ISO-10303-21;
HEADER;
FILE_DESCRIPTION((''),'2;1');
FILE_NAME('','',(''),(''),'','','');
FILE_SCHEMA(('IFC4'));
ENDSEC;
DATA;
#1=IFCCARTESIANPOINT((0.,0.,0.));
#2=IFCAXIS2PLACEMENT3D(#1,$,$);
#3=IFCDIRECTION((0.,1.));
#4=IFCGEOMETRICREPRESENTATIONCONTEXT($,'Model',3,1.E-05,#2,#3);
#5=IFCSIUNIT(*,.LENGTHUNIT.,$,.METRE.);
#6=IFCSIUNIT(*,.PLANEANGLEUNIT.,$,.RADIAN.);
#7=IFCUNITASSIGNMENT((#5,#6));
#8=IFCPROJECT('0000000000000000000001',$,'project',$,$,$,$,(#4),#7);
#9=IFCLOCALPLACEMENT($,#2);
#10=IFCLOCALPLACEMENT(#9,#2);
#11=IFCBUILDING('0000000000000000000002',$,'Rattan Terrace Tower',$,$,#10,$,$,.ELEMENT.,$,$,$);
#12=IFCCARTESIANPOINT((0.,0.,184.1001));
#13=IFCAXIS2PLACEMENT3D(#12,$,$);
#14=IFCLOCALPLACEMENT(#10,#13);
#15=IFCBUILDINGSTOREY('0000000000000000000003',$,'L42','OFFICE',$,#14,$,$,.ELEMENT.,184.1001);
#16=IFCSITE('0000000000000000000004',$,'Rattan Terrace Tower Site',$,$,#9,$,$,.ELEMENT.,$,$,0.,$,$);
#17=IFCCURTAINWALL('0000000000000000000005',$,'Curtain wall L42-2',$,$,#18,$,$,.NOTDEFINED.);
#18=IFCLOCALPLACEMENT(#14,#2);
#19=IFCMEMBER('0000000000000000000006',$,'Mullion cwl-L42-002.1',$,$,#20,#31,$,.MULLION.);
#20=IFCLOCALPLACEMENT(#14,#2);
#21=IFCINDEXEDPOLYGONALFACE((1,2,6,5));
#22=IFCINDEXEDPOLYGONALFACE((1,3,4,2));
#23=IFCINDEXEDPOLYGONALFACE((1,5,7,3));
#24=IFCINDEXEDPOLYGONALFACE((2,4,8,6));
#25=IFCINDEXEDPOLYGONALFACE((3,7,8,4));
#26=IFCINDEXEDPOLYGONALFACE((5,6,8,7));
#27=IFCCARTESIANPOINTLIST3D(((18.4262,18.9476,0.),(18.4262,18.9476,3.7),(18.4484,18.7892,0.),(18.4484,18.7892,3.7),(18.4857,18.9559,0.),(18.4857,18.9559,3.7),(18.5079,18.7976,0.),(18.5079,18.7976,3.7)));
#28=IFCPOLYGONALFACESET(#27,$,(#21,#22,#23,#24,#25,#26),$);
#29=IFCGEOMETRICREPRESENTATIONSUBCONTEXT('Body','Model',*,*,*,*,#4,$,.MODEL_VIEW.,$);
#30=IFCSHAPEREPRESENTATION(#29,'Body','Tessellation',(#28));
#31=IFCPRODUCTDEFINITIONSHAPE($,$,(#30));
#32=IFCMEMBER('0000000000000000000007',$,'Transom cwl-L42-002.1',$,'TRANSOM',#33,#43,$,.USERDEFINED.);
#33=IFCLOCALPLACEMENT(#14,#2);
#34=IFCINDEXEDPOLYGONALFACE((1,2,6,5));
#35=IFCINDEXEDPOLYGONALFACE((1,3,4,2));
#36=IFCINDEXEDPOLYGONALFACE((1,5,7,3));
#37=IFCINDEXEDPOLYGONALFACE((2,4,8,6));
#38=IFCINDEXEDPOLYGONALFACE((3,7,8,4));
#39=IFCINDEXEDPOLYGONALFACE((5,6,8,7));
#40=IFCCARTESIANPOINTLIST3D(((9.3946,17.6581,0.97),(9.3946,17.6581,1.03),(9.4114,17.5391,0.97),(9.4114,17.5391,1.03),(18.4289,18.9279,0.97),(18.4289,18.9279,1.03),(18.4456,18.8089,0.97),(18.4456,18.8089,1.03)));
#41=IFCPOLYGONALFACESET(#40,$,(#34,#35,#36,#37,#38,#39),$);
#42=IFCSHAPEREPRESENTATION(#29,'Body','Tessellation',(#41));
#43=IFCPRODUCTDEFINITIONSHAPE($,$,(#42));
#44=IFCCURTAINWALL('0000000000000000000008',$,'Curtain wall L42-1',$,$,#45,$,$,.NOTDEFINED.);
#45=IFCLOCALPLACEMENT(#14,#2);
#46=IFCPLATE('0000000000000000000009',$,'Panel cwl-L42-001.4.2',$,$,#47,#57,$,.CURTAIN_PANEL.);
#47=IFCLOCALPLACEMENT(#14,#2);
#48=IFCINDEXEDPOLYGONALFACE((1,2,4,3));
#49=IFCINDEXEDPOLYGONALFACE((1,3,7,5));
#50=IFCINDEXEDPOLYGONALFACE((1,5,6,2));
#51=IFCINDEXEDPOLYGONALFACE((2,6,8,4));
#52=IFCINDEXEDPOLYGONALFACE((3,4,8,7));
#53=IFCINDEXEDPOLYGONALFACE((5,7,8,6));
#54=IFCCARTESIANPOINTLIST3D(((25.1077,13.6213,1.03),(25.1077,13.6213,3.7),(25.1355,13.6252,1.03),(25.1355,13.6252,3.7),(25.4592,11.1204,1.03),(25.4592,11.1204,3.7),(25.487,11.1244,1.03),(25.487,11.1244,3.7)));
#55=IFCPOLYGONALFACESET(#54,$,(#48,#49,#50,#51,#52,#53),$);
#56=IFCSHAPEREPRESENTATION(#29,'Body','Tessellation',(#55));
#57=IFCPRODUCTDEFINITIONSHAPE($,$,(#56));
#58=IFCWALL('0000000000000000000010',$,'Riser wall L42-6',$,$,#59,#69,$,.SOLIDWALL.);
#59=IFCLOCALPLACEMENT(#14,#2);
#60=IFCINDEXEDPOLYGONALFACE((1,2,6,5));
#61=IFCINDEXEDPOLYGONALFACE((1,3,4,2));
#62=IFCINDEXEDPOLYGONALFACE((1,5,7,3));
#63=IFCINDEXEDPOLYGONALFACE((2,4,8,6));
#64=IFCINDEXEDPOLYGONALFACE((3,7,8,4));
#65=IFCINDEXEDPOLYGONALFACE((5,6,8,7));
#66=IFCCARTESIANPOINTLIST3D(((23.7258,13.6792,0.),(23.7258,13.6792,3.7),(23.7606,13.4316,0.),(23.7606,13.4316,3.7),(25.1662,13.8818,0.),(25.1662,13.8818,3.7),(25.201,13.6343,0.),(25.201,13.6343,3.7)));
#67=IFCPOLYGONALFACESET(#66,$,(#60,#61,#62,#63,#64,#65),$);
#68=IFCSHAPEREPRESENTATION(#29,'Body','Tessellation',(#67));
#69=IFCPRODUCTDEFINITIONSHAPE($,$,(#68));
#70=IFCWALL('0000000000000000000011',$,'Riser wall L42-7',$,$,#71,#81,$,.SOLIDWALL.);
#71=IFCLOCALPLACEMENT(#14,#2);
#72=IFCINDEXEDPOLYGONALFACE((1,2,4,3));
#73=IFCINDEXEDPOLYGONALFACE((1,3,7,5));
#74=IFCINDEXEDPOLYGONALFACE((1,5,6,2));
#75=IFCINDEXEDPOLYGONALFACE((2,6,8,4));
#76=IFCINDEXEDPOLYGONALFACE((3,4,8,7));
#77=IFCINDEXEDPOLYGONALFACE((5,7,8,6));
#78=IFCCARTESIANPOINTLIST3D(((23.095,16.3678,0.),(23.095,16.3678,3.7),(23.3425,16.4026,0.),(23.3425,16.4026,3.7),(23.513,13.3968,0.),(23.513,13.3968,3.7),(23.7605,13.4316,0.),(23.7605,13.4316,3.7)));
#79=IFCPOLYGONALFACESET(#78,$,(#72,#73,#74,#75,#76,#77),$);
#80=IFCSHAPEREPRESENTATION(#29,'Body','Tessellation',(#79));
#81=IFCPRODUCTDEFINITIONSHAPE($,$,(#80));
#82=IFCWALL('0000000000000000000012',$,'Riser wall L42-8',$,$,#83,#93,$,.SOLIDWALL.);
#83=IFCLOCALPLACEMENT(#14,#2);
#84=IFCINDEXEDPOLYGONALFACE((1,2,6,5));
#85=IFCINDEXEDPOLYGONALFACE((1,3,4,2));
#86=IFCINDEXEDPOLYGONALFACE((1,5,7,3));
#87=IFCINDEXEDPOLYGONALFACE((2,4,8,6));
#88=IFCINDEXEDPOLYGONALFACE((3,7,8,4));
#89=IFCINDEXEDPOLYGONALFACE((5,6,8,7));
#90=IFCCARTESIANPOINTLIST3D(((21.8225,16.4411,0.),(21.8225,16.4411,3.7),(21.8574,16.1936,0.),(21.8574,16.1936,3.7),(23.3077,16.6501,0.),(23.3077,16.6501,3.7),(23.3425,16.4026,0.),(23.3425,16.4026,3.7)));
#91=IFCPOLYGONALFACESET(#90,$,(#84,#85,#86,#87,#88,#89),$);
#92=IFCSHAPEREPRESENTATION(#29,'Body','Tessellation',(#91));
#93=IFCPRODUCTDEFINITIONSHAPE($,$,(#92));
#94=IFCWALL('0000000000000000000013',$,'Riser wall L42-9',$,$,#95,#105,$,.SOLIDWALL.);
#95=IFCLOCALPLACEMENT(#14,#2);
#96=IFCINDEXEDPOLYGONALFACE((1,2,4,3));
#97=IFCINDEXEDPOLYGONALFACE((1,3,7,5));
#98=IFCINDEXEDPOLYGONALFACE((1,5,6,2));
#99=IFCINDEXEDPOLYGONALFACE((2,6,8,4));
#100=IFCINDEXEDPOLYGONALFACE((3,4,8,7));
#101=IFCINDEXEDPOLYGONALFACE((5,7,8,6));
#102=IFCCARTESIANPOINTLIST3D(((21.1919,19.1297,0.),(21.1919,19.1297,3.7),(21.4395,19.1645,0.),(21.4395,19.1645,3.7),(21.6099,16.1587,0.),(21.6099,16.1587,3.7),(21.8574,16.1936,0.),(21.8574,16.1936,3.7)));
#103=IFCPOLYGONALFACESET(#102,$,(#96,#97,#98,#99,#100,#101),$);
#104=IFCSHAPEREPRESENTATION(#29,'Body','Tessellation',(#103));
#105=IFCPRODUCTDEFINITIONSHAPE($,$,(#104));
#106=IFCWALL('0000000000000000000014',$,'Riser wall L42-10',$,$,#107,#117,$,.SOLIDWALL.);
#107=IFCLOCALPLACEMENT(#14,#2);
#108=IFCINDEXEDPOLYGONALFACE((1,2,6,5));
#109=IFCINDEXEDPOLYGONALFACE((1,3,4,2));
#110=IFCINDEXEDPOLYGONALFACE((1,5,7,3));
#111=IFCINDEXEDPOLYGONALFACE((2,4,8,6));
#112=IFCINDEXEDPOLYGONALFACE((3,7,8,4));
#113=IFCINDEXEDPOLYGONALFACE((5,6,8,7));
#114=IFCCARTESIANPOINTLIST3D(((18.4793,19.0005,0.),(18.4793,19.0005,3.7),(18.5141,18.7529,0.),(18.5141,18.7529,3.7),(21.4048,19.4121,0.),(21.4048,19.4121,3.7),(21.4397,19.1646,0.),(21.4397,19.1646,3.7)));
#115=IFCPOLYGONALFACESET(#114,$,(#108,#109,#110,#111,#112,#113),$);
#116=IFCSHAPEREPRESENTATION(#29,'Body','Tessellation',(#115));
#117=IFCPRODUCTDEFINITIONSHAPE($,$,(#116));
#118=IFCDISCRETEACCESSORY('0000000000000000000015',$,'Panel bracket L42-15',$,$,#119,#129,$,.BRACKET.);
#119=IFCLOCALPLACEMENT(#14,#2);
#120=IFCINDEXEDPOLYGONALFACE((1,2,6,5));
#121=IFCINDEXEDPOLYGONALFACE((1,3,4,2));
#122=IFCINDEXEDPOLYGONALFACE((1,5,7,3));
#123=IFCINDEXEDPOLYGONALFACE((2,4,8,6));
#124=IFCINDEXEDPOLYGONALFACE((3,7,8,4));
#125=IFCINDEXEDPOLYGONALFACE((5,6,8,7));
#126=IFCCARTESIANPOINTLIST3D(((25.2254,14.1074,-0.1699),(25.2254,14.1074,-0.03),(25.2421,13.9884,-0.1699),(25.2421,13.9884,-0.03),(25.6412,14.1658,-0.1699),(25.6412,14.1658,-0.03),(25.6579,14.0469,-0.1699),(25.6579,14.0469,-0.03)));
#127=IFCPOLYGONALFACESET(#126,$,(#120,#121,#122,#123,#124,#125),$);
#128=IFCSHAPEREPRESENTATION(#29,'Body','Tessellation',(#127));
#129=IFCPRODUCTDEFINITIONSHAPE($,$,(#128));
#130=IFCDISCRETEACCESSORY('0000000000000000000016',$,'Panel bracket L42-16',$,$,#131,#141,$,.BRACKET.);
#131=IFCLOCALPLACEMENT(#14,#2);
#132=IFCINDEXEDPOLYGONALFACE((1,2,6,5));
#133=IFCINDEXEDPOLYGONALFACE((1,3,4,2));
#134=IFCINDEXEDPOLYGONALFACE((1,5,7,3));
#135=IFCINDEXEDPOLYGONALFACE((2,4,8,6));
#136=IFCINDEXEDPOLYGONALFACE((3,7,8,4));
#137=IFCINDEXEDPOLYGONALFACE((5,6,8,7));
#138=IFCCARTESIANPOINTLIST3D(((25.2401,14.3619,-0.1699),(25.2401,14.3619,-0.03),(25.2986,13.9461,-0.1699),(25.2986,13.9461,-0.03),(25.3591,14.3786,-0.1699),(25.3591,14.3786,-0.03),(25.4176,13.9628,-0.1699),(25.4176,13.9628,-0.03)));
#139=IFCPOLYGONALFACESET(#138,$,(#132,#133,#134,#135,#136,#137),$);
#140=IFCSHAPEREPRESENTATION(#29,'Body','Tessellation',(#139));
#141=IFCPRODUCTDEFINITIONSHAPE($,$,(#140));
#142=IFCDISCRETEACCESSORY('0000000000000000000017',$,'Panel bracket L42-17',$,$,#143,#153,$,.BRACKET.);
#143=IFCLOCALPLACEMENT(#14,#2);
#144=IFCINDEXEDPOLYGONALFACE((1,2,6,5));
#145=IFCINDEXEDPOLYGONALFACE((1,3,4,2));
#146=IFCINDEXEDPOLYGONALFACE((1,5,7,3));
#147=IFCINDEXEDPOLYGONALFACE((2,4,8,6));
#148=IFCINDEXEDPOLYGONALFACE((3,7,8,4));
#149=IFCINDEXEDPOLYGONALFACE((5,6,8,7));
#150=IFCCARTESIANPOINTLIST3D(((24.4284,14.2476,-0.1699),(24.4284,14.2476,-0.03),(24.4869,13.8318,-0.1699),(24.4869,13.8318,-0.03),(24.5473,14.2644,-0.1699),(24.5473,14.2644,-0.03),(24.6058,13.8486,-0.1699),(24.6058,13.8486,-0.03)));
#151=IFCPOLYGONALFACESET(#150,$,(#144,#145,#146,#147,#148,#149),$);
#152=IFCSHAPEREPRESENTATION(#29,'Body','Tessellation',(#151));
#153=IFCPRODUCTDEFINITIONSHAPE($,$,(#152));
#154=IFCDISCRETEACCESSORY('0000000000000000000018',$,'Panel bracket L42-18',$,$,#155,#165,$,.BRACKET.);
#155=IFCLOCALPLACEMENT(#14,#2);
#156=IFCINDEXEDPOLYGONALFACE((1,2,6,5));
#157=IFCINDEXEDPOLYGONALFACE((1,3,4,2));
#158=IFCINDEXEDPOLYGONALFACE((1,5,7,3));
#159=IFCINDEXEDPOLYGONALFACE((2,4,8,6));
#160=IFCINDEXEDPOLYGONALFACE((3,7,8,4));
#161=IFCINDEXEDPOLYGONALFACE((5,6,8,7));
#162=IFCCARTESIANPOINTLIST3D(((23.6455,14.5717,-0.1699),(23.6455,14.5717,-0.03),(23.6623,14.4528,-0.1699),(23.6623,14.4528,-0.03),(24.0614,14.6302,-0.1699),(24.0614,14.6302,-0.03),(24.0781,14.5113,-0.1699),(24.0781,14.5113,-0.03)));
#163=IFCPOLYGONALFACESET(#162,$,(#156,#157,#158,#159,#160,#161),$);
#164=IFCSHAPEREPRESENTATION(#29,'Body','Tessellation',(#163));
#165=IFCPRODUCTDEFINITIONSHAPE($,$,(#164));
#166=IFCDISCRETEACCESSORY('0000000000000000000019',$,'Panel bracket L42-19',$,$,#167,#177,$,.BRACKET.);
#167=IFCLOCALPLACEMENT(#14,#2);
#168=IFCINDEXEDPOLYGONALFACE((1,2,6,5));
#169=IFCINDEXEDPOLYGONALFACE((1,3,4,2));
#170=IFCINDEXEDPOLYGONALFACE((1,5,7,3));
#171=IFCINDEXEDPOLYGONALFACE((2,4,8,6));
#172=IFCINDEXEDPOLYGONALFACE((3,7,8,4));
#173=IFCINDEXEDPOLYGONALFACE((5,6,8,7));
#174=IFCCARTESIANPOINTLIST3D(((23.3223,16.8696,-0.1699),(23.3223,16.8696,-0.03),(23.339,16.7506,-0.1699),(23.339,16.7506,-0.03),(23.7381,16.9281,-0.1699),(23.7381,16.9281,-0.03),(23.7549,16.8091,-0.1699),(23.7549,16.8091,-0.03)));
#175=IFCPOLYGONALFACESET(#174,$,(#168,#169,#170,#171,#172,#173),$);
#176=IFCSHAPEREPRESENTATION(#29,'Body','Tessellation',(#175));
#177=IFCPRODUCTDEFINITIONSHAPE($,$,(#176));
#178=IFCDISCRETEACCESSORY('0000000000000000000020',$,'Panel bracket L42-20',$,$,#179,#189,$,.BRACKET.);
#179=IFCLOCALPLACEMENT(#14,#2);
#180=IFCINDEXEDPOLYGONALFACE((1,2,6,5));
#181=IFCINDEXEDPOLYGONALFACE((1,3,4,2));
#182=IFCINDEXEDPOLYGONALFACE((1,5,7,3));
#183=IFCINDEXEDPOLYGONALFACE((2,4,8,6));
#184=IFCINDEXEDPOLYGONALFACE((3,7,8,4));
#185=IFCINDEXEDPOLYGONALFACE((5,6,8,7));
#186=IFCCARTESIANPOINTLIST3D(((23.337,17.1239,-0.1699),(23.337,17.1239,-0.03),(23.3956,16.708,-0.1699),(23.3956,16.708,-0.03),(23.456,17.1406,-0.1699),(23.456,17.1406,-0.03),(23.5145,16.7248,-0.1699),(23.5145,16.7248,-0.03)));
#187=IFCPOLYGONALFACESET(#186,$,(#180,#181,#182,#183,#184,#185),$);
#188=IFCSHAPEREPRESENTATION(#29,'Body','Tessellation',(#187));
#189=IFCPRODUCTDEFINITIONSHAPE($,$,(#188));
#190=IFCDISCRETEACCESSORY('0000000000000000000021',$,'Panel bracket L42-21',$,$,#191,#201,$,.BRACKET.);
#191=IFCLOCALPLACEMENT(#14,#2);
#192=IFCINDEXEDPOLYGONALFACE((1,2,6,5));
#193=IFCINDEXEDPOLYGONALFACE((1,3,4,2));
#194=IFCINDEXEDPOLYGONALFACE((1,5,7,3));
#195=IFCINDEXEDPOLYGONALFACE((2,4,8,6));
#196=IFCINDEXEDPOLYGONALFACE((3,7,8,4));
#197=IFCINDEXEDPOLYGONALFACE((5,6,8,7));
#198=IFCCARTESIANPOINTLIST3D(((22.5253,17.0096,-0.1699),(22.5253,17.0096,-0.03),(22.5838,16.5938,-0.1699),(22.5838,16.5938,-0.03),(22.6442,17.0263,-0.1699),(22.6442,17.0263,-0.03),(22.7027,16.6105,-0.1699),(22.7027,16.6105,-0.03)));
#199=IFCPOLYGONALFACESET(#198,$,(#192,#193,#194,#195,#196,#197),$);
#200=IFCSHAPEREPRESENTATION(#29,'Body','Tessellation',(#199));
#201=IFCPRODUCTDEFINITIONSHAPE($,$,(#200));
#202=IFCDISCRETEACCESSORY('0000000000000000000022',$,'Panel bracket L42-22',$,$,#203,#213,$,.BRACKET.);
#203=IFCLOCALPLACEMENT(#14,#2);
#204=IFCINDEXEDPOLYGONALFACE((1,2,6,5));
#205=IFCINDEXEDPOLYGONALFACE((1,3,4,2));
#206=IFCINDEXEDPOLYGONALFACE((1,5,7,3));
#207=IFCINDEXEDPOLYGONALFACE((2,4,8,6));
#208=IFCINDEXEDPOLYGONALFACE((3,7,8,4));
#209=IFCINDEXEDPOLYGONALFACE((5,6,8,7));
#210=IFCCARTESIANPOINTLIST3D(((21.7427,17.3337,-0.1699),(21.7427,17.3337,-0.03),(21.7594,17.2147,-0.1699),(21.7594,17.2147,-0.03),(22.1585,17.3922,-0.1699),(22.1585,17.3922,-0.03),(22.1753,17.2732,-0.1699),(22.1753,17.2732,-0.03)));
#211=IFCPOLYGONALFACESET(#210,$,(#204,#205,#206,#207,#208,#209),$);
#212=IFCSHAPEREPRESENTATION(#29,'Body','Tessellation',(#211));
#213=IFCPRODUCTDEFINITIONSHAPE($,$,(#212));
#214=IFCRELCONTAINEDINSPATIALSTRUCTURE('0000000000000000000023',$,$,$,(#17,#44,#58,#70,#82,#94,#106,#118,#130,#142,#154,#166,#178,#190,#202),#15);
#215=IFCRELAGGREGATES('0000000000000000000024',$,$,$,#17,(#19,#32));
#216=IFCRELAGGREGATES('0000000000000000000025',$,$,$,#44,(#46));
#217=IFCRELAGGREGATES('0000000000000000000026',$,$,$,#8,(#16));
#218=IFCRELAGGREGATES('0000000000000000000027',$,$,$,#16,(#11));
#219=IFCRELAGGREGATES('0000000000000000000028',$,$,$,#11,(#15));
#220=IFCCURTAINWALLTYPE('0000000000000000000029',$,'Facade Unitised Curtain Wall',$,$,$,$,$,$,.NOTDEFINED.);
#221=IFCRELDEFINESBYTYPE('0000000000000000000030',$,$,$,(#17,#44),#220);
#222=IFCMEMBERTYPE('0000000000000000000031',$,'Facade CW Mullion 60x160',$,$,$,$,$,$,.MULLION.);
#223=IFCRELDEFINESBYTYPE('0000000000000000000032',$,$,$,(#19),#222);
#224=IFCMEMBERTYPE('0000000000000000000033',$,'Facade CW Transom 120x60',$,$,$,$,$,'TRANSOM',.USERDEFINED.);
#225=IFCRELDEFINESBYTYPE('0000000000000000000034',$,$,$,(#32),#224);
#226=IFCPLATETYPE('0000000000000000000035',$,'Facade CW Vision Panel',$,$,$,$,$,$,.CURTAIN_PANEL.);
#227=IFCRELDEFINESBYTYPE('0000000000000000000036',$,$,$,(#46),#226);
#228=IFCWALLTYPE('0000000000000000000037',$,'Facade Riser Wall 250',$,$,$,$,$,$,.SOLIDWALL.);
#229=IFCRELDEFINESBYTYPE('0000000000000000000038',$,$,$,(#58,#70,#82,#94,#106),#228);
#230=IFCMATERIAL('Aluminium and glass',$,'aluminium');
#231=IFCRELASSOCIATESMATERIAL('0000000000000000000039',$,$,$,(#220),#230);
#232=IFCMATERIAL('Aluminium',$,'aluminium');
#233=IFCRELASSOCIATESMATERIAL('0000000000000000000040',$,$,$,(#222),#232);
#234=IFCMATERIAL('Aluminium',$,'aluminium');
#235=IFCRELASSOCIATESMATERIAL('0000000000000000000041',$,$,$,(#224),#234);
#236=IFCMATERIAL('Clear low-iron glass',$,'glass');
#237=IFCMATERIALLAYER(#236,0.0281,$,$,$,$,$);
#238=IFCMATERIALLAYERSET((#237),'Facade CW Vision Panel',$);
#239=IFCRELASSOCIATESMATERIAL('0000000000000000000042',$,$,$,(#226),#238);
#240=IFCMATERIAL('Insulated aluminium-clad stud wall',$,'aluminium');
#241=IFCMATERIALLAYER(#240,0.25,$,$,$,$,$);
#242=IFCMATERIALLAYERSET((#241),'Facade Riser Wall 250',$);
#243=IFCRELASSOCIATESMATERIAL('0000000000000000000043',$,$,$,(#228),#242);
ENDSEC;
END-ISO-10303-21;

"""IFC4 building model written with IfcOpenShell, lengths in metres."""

from ifc_helpers import new_model, si_unit, direction, frame, frame_2d, origin, origin_2d, place, context, subcontext, project, spatial, rectangle, extrude, material, layer, layer_set, material_profile, profile_set, type_object, element, aggregate, save


model = new_model("IFC4")

# Units and contexts
model_context = context("Model", 3, precision=1e-05, world=origin(), true_north=direction((0.0, 1.0)))
body_context = subcontext(model_context, "Body", "Model", "MODEL_VIEW")
ifc_project = project(units=[si_unit("LENGTHUNIT", "METRE"), si_unit("PLANEANGLEUNIT", "RADIAN")], contexts=[model_context])

# Site, building, storey
site_placement = place(None, origin())
site = spatial("IfcSite", under=ifc_project, at=site_placement, Name="Rattan Terrace Tower Site", CompositionType="ELEMENT", RefElevation=0.0)
building_placement = place(site_placement, origin())
building = spatial("IfcBuilding", under=site, at=building_placement, Name="Rattan Terrace Tower", CompositionType="ELEMENT")
storey_placement = place(building_placement, frame((0.0, 0.0, 184.1001)))
storey = spatial("IfcBuildingStorey", under=building, at=storey_placement, Name="L42", Description="OFFICE", CompositionType="ELEMENT", Elevation=184.1001)

# Curtain wall, members
ifc_material_1 = material(Name="Aluminium and glass", Category="aluminium")
curtain_wall_type = type_object("IfcCurtainWallType", Name="Facade Unitised Curtain Wall", PredefinedType="NOTDEFINED", material=ifc_material_1)
curtain_wall_1_placement = place(storey_placement, origin())
curtain_wall_1 = element("IfcCurtainWall", 1, at=curtain_wall_1_placement, inside=storey, type_object=curtain_wall_type, Name="Curtain wall L42-2", PredefinedType="NOTDEFINED")
ifc_material_2 = material(Name="Aluminium", Category="aluminium")
ifc_material_profile_1 = material_profile(ifc_material_2, rectangle(XDim=0.0601, YDim=0.1599, at=origin_2d()), Name="Aluminium 60x160")
ifc_profile_set_1 = profile_set([ifc_material_profile_1], Name="Aluminium")
member_type_1 = type_object("IfcMemberType", Name="Facade CW Mullion 60x160", PredefinedType="MULLION", material=ifc_profile_set_1)
member_1_placement = place(storey_placement, frame((18.467, 18.8726, 0.0), z_axis=(0.0, 0.0, 1.0), x_axis=(-0.99027, -0.139161, 0.0)))
member_1 = element("IfcMember", 2, at=member_1_placement, type_object=member_type_1, Name="Mullion cwl-L42-002.1", PredefinedType="MULLION", context=body_context, shape_type="SweptSolid", body=[
    extrude(rectangle(XDim=0.0601, YDim=0.1599, at=origin_2d()), origin(), (0.0, 0.0, 1.0), 3.7),
])
ifc_material_3 = material(Name="Aluminium", Category="aluminium")
ifc_material_profile_2 = material_profile(ifc_material_3, rectangle(XDim=0.1201, YDim=0.0601, at=origin_2d()), Name="Aluminium 120x60")
ifc_profile_set_2 = profile_set([ifc_material_profile_2], Name="Aluminium")
member_type_2 = type_object("IfcMemberType", Name="Facade CW Transom 120x60", ElementType="TRANSOM", PredefinedType="USERDEFINED", material=ifc_profile_set_2)
member_2_placement = place(storey_placement, frame((18.4373, 18.8684, 1.0), z_axis=(-0.990266, -0.139184, 0.0), x_axis=(0.139184, -0.990266, 0.0)))
member_2 = element("IfcMember", 3, at=member_2_placement, type_object=member_type_2, Name="Transom cwl-L42-002.1", ObjectType="TRANSOM", PredefinedType="USERDEFINED", context=body_context, shape_type="SweptSolid", body=[
    extrude(rectangle(XDim=0.1201, YDim=0.0601, at=origin_2d()), origin(), (0.0, 0.0, 1.0), 9.123),
])
aggregate(curtain_wall_1, [member_1, member_2])

# Curtain wall, plate
curtain_wall_2_placement = place(storey_placement, origin())
curtain_wall_2 = element("IfcCurtainWall", 4, at=curtain_wall_2_placement, inside=storey, type_object=curtain_wall_type, Name="Curtain wall L42-1", PredefinedType="NOTDEFINED")
ifc_material_4 = material(Name="Clear low-iron glass", Category="glass")
ifc_layer_1 = layer(ifc_material_4, 0.0281)
ifc_layer_set_1 = layer_set([ifc_layer_1], Name="Facade CW Vision Panel")
plate_type = type_object("IfcPlateType", Name="Facade CW Vision Panel", PredefinedType="CURTAIN_PANEL", material=ifc_layer_set_1)
plate_placement = place(storey_placement, frame((25.2974, 12.3728, 1.03), z_axis=(0.0, 0.0, 1.0), x_axis=(-0.139191, 0.990266, 0.0)))
plate = element("IfcPlate", 5, at=plate_placement, type_object=plate_type, Name="Panel cwl-L42-001.4.2", PredefinedType="CURTAIN_PANEL", context=body_context, shape_type="SweptSolid", body=[
    extrude(rectangle(XDim=2.5254, YDim=0.0281, at=origin_2d()), origin(), (0.0, 0.0, 1.0), 2.6699),
])
aggregate(curtain_wall_2, [plate])

# Walls
ifc_material_5 = material(Name="Insulated aluminium-clad stud wall", Category="aluminium")
ifc_layer_2 = layer(ifc_material_5, 0.25)
ifc_layer_set_2 = layer_set([ifc_layer_2], Name="Facade Riser Wall 250")
wall_type = type_object("IfcWallType", Name="Facade Riser Wall 250", PredefinedType="SOLIDWALL", material=ifc_layer_set_2)
wall_1_placement = place(storey_placement, frame((25.1836, 13.7581, 0.0), z_axis=(0.0, 0.0, 1.0), x_axis=(-0.990249, -0.139306, 0.0)))
element("IfcWall", 6, at=wall_1_placement, inside=storey, type_object=wall_type, Name="Riser wall L42-6", PredefinedType="SOLIDWALL", context=body_context, shape_type="SweptSolid", body=[
    extrude(rectangle(XDim=1.4546, YDim=0.25, at=frame_2d((0.7273, 0.0))), origin(), (0.0, 0.0, 1.0), 3.7),
])
wall_2_placement = place(storey_placement, frame((23.6367, 13.4143, 0.0), z_axis=(0.0, 0.0, 1.0), x_axis=(-0.139313, 0.990248, 0.0)))
element("IfcWall", 7, at=wall_2_placement, inside=storey, type_object=wall_type, Name="Riser wall L42-7", PredefinedType="SOLIDWALL", context=body_context, shape_type="SweptSolid", body=[
    extrude(rectangle(XDim=3.0002, YDim=0.25, at=frame_2d((1.5, 0.0))), origin(), (0.0, 0.0, 1.0), 3.7),
])
wall_3_placement = place(storey_placement, frame((23.3252, 16.5264, 0.0), z_axis=(0.0, 0.0, 1.0), x_axis=(-0.990244, -0.139347, 0.0)))
element("IfcWall", 8, at=wall_3_placement, inside=storey, type_object=wall_type, Name="Riser wall L42-8", PredefinedType="SOLIDWALL", context=body_context, shape_type="SweptSolid", body=[
    extrude(rectangle(XDim=1.4998, YDim=0.25, at=frame_2d((0.75, 0.0))), origin(), (0.0, 0.0, 1.0), 3.7),
])
wall_4_placement = place(storey_placement, frame((21.7336, 16.1763, 0.0), z_axis=(0.0, 0.0, 1.0), x_axis=(-0.139313, 0.990248, 0.0)))
element("IfcWall", 9, at=wall_4_placement, inside=storey, type_object=wall_type, Name="Riser wall L42-9", PredefinedType="SOLIDWALL", context=body_context, shape_type="SweptSolid", body=[
    extrude(rectangle(XDim=3.0002, YDim=0.25, at=frame_2d((1.5, 0.0))), origin(), (0.0, 0.0, 1.0), 3.7),
])
wall_5_placement = place(storey_placement, frame((21.4221, 19.2883, 0.0), z_axis=(0.0, 0.0, 1.0), x_axis=(-0.990246, -0.139327, 0.0)))
element("IfcWall", 10, at=wall_5_placement, inside=storey, type_object=wall_type, Name="Riser wall L42-10", PredefinedType="SOLIDWALL", context=body_context, shape_type="SweptSolid", body=[
    extrude(rectangle(XDim=2.9543, YDim=0.25, at=frame_2d((1.4771, 0.0))), origin(), (0.0, 0.0, 1.0), 3.7),
])

# Discrete accessories
for number, where, z_axis, x_axis, name in (
    (11, (25.4417, 14.0771, -0.1699), (0.0, 0.0, 1.0), (-0.139191, 0.990266, 0.0), "Panel bracket L42-15"),
    (12, (25.3289, 14.1624, -0.1699), (0.0, 0.0, 1.0), (-0.990241, -0.139367, 0.0), "Panel bracket L42-16"),
    (13, (24.5171, 14.0481, -0.1699), (0.0, 0.0, 1.0), (-0.990241, -0.139367, 0.0), "Panel bracket L42-17"),
    (14, (23.8618, 14.5415, -0.1699), (0.0, 0.0, 1.0), (-0.139321, 0.990247, 0.0), "Panel bracket L42-18"),
    (15, (23.5386, 16.8394, -0.1699), (0.0, 0.0, 1.0), (-0.139321, 0.990247, 0.0), "Panel bracket L42-19"),
    (16, (23.4258, 16.9243, -0.1699), (0.0, 0.0, 1.0), (-0.990241, -0.139367, 0.0), "Panel bracket L42-20"),
    (17, (22.614, 16.8101, -0.1699), (0.0, 0.0, 1.0), (-0.990241, -0.139367, 0.0), "Panel bracket L42-21"),
    (18, (21.959, 17.3035, -0.1699), (0.0, 0.0, 1.0), (-0.139321, 0.990247, 0.0), "Panel bracket L42-22"),
):
    element("IfcDiscreteAccessory", number, at=place(storey_placement, frame(where, z_axis=z_axis, x_axis=x_axis)), inside=storey, Name=name, PredefinedType="BRACKET", context=body_context, shape_type="SweptSolid", body=[
        extrude(rectangle(XDim=0.1201, YDim=0.4199, at=origin_2d()), origin(), (0.0, 0.0, 1.0), 0.1399),
    ])

save(model, "model.ifc")
